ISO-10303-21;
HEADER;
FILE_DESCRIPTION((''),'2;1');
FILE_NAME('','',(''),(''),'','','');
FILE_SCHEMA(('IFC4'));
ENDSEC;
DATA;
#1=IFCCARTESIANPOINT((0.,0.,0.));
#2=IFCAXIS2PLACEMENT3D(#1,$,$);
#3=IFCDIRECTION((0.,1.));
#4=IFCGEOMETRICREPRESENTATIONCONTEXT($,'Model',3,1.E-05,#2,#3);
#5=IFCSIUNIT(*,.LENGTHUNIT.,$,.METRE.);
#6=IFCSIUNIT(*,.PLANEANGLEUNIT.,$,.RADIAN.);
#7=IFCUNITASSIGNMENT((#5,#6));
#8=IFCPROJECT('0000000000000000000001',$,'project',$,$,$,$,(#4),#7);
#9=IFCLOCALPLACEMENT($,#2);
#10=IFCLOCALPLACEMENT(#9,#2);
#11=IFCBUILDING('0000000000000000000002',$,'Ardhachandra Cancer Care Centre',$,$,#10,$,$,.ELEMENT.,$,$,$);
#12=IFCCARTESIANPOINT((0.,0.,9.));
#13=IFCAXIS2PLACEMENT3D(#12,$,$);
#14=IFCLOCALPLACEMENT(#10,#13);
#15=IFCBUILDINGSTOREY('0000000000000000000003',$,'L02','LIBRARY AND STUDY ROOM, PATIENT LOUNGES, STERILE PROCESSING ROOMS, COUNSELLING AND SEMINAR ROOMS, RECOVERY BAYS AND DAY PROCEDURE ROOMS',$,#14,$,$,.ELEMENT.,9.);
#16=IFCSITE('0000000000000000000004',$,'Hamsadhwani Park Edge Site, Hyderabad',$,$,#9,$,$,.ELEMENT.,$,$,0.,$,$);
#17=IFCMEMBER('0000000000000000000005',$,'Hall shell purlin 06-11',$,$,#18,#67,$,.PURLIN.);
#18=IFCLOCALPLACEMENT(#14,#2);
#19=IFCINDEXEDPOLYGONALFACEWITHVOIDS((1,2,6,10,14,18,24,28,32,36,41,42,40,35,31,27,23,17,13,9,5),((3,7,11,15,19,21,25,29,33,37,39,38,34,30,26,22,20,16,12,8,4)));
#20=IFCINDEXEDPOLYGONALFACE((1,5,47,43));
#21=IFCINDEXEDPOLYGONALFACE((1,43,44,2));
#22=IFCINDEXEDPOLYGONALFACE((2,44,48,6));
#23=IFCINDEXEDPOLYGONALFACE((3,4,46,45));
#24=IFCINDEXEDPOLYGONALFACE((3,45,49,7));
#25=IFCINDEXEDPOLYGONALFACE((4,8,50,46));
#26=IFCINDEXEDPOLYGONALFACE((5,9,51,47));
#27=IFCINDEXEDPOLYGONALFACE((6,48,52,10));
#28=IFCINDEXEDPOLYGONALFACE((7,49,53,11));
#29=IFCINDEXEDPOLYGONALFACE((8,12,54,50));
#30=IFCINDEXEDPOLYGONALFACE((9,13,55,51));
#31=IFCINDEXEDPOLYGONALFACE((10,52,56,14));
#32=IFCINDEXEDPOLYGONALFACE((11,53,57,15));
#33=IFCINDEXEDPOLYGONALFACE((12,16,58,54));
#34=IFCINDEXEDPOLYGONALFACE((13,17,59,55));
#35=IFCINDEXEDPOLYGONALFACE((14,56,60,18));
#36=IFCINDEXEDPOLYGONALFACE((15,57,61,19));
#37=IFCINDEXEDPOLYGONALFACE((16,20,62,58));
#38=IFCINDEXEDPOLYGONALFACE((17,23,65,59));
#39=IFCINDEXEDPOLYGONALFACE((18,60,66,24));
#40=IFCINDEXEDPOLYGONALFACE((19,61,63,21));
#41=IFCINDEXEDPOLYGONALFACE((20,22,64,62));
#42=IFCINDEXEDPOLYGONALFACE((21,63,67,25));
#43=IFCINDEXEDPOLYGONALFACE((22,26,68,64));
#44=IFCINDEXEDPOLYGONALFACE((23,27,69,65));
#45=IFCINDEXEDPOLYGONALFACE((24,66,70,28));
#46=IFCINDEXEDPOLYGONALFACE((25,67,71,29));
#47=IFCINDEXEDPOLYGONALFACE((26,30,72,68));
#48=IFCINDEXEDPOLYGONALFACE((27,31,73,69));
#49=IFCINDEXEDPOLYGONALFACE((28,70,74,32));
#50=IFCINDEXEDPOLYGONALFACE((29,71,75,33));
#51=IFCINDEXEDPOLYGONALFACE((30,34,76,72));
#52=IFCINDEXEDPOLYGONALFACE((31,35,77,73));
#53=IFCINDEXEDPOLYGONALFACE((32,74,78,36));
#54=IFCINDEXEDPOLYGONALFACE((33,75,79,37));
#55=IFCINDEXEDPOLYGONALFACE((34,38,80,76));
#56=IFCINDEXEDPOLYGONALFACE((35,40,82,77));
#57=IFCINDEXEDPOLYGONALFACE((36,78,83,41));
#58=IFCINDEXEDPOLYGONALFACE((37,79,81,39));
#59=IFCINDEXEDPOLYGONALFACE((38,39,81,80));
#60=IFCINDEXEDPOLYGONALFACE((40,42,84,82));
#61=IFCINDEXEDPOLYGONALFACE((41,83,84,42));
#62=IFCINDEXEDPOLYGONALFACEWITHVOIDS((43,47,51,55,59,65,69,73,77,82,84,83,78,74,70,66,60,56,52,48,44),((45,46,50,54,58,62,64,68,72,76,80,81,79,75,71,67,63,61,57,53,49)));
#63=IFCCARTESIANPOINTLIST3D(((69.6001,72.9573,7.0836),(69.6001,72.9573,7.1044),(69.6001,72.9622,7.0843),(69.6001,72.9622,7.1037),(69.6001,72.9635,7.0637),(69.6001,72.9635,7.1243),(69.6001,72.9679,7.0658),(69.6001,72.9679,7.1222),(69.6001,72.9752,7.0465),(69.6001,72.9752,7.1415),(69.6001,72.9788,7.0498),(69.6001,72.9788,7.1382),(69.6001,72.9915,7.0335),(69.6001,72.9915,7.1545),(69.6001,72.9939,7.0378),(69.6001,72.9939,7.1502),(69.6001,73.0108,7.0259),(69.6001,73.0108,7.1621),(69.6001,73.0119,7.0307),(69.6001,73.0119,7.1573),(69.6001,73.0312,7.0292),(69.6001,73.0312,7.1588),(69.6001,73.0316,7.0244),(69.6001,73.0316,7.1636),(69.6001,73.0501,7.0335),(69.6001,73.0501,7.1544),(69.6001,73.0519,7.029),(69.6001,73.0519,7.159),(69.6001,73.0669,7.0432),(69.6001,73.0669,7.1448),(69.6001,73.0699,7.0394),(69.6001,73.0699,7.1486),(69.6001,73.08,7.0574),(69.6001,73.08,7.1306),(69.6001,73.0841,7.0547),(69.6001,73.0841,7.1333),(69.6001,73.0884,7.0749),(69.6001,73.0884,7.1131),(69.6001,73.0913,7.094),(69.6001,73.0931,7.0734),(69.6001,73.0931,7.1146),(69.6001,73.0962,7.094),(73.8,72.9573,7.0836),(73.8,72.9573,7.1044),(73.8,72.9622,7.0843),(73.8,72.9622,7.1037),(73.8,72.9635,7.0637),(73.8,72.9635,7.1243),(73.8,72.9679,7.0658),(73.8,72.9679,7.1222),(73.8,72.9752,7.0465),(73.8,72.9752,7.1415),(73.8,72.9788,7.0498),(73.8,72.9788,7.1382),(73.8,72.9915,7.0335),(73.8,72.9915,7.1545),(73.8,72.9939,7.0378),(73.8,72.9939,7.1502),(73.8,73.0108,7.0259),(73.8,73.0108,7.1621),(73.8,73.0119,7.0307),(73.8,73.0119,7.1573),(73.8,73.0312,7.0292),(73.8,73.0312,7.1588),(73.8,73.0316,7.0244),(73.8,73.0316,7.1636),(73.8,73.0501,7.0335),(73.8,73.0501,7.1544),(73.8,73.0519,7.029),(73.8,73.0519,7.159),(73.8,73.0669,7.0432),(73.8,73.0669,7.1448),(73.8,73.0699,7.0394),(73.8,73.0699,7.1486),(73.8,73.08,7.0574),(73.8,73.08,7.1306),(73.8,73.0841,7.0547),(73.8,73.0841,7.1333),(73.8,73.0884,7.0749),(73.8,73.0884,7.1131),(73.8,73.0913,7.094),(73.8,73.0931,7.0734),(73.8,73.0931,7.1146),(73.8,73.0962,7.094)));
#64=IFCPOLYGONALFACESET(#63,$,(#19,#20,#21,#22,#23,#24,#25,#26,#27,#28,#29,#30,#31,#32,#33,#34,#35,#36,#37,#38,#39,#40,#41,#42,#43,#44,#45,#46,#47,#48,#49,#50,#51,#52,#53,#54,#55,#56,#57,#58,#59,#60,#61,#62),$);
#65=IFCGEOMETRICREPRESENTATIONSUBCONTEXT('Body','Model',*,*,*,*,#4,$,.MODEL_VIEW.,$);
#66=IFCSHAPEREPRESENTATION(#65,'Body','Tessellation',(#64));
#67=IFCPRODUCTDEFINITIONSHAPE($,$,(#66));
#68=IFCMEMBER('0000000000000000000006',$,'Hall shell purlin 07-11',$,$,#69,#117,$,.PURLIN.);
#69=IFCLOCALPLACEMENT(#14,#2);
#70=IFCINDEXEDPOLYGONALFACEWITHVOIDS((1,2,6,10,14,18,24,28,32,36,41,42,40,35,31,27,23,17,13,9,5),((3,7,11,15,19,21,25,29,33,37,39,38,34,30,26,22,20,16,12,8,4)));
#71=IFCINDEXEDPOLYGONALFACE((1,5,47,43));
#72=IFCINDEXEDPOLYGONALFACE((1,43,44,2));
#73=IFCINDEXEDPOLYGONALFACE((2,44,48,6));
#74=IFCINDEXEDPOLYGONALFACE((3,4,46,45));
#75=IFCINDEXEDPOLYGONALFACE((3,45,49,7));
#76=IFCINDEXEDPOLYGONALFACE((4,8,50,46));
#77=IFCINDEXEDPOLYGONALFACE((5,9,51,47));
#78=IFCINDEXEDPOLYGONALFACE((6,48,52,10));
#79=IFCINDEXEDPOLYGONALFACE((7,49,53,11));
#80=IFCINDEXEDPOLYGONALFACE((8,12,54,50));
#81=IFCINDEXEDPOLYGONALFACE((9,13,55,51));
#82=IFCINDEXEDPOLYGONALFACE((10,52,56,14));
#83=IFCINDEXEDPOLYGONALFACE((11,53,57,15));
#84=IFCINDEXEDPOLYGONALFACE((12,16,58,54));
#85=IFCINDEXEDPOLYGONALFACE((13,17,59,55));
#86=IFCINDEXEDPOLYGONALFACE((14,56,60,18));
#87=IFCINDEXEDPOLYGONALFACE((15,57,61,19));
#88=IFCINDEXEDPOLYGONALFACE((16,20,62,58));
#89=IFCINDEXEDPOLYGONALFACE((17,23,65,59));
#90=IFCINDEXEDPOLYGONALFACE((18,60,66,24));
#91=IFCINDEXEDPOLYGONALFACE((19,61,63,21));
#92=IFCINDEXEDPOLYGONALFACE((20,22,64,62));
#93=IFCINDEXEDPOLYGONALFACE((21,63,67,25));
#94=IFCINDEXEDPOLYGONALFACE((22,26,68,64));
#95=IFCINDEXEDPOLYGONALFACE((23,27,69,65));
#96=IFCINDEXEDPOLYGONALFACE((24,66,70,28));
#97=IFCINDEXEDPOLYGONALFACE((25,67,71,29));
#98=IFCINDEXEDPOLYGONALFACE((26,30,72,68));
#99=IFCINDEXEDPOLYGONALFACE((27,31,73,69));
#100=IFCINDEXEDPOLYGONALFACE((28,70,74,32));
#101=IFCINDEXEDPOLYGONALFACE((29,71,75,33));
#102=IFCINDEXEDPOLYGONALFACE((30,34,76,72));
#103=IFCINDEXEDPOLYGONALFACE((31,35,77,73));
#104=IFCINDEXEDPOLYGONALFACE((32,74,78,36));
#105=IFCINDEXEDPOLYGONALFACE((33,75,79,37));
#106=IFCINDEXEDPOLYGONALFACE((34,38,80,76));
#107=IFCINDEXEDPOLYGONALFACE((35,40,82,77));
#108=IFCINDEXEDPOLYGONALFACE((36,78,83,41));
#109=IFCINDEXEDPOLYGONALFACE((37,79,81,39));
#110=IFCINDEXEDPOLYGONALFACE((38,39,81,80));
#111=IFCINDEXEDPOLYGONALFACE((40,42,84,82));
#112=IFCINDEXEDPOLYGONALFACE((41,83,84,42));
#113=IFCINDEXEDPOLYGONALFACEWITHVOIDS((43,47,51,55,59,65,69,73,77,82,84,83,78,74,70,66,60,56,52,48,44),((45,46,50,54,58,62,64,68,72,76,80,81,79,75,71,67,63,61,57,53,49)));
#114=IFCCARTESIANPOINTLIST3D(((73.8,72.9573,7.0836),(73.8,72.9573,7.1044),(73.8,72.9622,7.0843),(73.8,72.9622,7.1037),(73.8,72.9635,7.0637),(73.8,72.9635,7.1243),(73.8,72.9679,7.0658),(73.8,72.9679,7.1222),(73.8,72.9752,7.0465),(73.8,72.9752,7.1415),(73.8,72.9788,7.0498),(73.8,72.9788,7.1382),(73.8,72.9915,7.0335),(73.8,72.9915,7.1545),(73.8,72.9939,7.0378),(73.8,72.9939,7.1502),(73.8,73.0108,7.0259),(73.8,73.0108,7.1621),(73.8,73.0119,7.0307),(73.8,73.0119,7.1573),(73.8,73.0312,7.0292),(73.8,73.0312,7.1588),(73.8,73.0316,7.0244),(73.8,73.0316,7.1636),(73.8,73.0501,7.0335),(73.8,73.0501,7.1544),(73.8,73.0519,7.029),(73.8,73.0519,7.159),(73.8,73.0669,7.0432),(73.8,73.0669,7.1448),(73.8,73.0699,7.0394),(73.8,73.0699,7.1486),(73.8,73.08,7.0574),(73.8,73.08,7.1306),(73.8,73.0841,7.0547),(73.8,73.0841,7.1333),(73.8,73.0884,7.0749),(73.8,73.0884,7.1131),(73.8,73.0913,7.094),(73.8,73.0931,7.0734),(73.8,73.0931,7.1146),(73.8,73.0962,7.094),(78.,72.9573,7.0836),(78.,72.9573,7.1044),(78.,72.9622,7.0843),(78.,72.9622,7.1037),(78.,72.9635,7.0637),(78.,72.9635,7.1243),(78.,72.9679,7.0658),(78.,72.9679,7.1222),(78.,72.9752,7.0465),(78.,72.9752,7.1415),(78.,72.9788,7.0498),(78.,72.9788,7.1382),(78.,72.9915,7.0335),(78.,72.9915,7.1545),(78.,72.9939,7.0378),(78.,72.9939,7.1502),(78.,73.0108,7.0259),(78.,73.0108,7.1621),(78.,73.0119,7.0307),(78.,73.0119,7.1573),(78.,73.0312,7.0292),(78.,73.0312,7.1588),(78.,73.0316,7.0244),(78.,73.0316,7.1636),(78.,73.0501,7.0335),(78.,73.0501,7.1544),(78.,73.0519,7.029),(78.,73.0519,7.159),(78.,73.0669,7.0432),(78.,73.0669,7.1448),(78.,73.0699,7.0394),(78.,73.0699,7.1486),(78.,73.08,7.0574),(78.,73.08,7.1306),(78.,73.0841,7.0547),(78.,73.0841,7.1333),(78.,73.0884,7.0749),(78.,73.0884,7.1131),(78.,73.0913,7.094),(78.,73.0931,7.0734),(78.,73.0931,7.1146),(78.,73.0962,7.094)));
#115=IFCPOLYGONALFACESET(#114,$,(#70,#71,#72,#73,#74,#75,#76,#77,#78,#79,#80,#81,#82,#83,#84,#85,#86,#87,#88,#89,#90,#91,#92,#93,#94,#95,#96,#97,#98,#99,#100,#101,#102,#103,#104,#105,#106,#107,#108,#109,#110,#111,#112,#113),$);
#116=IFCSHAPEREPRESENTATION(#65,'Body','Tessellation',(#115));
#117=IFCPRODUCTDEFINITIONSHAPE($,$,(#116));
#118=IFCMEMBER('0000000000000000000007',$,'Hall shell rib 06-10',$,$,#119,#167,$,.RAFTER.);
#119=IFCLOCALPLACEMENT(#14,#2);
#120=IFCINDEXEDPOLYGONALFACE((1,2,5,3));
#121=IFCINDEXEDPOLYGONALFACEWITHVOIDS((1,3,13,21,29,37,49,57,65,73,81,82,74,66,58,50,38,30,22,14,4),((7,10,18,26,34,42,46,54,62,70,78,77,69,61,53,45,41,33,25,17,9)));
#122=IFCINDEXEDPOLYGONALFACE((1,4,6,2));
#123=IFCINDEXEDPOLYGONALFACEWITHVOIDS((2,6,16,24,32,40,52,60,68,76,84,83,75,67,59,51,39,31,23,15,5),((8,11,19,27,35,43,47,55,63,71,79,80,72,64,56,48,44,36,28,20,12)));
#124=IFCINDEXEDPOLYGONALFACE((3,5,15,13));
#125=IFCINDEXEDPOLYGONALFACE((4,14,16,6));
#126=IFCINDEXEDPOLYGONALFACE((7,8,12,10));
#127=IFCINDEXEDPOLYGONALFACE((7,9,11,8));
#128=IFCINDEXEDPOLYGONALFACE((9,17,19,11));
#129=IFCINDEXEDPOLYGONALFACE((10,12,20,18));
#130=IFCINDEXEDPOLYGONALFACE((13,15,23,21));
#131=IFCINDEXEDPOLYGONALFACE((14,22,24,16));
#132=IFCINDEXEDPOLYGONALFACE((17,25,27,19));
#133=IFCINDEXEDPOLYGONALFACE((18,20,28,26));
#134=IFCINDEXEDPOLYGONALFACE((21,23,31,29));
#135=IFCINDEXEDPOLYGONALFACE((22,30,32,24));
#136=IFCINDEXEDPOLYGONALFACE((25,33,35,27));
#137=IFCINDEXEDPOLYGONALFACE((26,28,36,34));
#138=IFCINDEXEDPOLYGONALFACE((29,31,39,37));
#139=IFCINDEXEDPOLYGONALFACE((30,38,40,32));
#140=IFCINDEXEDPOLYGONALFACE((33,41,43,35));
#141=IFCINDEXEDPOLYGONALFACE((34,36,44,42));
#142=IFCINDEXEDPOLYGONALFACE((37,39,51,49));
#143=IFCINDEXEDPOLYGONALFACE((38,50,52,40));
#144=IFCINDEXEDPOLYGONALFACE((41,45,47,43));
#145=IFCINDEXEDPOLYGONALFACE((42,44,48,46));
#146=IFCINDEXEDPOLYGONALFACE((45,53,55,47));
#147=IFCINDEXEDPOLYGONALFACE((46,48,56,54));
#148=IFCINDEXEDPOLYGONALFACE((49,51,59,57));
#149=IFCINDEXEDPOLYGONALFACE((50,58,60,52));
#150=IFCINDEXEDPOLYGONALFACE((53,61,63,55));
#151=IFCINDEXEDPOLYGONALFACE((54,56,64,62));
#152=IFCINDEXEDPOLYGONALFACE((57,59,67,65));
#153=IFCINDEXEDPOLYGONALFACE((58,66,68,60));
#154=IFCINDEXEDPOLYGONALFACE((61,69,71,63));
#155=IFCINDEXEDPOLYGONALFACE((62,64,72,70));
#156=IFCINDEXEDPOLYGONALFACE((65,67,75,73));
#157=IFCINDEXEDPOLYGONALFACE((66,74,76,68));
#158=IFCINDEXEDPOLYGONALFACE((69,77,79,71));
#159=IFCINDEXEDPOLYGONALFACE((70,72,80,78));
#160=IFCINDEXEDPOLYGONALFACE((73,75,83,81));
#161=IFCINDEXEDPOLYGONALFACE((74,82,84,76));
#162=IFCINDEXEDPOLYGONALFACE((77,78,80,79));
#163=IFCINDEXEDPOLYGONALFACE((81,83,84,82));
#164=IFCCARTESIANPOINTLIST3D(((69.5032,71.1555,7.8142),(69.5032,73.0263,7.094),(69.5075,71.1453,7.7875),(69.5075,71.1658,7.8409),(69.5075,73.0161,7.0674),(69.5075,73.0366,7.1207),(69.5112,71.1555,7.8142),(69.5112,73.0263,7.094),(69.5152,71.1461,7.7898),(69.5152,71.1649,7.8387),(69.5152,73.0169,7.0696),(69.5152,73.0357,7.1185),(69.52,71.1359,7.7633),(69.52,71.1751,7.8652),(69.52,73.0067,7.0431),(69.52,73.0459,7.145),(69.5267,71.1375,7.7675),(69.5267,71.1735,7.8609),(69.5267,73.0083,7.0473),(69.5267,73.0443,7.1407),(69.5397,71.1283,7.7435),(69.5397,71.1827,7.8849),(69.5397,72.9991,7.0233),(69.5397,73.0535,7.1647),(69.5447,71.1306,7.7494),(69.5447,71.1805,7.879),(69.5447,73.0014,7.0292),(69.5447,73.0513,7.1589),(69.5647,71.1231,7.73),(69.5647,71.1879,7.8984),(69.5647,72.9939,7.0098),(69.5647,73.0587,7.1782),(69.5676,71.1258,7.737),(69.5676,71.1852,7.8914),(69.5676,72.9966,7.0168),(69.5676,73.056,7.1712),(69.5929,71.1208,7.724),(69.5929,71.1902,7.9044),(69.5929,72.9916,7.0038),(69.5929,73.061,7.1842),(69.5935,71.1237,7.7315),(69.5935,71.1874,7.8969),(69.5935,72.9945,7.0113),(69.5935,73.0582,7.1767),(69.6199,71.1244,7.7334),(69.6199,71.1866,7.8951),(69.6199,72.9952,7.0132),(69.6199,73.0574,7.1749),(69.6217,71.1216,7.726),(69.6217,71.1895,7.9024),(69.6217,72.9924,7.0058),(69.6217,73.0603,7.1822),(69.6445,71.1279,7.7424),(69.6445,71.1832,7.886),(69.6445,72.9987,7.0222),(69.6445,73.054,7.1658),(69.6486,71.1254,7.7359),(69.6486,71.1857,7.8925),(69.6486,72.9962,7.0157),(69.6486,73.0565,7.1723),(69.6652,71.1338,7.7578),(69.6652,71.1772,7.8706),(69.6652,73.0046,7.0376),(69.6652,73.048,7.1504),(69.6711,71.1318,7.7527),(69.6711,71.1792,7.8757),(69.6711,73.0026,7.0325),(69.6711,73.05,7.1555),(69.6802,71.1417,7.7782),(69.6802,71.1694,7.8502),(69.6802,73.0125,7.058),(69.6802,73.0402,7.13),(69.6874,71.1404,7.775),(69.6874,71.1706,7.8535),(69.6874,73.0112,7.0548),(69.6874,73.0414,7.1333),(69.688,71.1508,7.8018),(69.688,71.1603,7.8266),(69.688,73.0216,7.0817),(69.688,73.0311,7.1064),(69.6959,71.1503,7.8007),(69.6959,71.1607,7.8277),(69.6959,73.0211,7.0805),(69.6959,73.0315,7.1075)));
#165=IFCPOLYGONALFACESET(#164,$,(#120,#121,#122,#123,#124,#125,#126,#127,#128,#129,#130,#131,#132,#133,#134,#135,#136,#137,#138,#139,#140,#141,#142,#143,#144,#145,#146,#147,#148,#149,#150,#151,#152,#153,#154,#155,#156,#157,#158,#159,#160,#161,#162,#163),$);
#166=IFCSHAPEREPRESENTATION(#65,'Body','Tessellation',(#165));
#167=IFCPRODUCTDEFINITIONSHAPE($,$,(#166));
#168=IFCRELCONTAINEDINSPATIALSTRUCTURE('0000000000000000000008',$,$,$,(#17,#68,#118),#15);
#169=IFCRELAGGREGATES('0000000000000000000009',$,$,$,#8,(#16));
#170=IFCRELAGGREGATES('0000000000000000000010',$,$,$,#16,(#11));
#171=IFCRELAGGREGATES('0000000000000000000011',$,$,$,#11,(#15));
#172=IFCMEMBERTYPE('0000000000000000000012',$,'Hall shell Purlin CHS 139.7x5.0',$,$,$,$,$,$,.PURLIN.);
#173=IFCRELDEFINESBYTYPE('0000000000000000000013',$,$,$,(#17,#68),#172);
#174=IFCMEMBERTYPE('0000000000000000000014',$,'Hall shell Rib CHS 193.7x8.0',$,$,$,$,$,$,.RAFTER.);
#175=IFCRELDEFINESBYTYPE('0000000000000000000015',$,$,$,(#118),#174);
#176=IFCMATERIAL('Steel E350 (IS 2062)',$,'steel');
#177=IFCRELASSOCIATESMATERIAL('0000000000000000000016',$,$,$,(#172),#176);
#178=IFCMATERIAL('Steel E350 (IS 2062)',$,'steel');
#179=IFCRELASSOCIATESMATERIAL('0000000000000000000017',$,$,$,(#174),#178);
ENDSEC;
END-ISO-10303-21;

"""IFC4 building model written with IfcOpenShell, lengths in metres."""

from ifc_helpers import new_model, si_unit, direction, frame, origin, origin_2d, place, context, subcontext, project, spatial, hollow_circle, extrude, material, material_profile, profile_set, type_object, element, save


model = new_model("IFC4")

# Units and contexts
model_context = context("Model", 3, precision=1e-05, world=origin(), true_north=direction((0.0, 1.0)))
body_context = subcontext(model_context, "Body", "Model", "MODEL_VIEW")
ifc_project = project(units=[si_unit("LENGTHUNIT", "METRE"), si_unit("PLANEANGLEUNIT", "RADIAN")], contexts=[model_context])

# Site, building, storey
site_placement = place(None, origin())
site = spatial("IfcSite", under=ifc_project, at=site_placement, Name="Hamsadhwani Park Edge Site, Hyderabad", CompositionType="ELEMENT", RefElevation=0.0)
building_placement = place(site_placement, origin())
building = spatial("IfcBuilding", under=site, at=building_placement, Name="Ardhachandra Cancer Care Centre", CompositionType="ELEMENT")
storey_placement = place(building_placement, frame((0.0, 0.0, 9.0)))
storey = spatial("IfcBuildingStorey", under=building, at=storey_placement, Name="L02", Description="LIBRARY AND STUDY ROOM, PATIENT LOUNGES, STERILE PROCESSING ROOMS, COUNSELLING AND SEMINAR ROOMS, RECOVERY BAYS AND DAY PROCEDURE ROOMS", CompositionType="ELEMENT", Elevation=9.0)

# Members
ifc_material_1 = material(Name="Steel E350 (IS 2062)", Category="steel")
ifc_material_profile_1 = material_profile(ifc_material_1, hollow_circle(Radius=0.0698, WallThickness=0.0049, at=origin_2d()), Name="CHS 139.7x5.0")
ifc_profile_set_1 = profile_set([ifc_material_profile_1], Name="Steel E350 (IS 2062)")
member_type_1 = type_object("IfcMemberType", Name="Hall shell Purlin CHS 139.7x5.0", PredefinedType="PURLIN", material=ifc_profile_set_1)
for number, where, z_axis, x_axis, name in (
    (1, (69.6001, 73.0264, 7.094), (1.0, 0.0, 0.0), (0.0, 1.0, 0.0), "Hall shell purlin 06-11"),
    (2, (73.8, 73.0264, 7.094), (1.0, 0.0, 0.0), (0.0, 1.0, 0.0), "Hall shell purlin 07-11"),
):
    element("IfcMember", number, at=place(storey_placement, frame(where, z_axis=z_axis, x_axis=x_axis)), inside=storey, type_object=member_type_1, Name=name, PredefinedType="PURLIN", context=body_context, shape_type="SweptSolid", body=[
        extrude(hollow_circle(Radius=0.0698, WallThickness=0.0049, at=origin_2d()), origin(), (0.0, 0.0, 1.0), 4.2),
    ])
ifc_material_2 = material(Name="Steel E350 (IS 2062)", Category="steel")
ifc_material_profile_2 = material_profile(ifc_material_2, hollow_circle(Radius=0.0969, WallThickness=0.0081, at=origin_2d()), Name="CHS 193.7x8.0")
ifc_profile_set_2 = profile_set([ifc_material_profile_2], Name="Steel E350 (IS 2062)")
member_type_2 = type_object("IfcMemberType", Name="Hall shell Rib CHS 193.7x8.0", PredefinedType="RAFTER", material=ifc_profile_set_2)
member_1_placement = place(storey_placement, frame((69.6001, 71.1555, 7.8142), z_axis=(0.0, 0.933236, -0.359265), x_axis=(-1.0, 0.0, 0.0)))
element("IfcMember", 3, at=member_1_placement, inside=storey, type_object=member_type_2, Name="Hall shell rib 06-10", PredefinedType="RAFTER", context=body_context, shape_type="SweptSolid", body=[
    extrude(hollow_circle(Radius=0.0969, WallThickness=0.0081, at=origin_2d()), origin(), (0.0, 0.0, 1.0), 2.0046),
])

save(model, "model.ifc")
